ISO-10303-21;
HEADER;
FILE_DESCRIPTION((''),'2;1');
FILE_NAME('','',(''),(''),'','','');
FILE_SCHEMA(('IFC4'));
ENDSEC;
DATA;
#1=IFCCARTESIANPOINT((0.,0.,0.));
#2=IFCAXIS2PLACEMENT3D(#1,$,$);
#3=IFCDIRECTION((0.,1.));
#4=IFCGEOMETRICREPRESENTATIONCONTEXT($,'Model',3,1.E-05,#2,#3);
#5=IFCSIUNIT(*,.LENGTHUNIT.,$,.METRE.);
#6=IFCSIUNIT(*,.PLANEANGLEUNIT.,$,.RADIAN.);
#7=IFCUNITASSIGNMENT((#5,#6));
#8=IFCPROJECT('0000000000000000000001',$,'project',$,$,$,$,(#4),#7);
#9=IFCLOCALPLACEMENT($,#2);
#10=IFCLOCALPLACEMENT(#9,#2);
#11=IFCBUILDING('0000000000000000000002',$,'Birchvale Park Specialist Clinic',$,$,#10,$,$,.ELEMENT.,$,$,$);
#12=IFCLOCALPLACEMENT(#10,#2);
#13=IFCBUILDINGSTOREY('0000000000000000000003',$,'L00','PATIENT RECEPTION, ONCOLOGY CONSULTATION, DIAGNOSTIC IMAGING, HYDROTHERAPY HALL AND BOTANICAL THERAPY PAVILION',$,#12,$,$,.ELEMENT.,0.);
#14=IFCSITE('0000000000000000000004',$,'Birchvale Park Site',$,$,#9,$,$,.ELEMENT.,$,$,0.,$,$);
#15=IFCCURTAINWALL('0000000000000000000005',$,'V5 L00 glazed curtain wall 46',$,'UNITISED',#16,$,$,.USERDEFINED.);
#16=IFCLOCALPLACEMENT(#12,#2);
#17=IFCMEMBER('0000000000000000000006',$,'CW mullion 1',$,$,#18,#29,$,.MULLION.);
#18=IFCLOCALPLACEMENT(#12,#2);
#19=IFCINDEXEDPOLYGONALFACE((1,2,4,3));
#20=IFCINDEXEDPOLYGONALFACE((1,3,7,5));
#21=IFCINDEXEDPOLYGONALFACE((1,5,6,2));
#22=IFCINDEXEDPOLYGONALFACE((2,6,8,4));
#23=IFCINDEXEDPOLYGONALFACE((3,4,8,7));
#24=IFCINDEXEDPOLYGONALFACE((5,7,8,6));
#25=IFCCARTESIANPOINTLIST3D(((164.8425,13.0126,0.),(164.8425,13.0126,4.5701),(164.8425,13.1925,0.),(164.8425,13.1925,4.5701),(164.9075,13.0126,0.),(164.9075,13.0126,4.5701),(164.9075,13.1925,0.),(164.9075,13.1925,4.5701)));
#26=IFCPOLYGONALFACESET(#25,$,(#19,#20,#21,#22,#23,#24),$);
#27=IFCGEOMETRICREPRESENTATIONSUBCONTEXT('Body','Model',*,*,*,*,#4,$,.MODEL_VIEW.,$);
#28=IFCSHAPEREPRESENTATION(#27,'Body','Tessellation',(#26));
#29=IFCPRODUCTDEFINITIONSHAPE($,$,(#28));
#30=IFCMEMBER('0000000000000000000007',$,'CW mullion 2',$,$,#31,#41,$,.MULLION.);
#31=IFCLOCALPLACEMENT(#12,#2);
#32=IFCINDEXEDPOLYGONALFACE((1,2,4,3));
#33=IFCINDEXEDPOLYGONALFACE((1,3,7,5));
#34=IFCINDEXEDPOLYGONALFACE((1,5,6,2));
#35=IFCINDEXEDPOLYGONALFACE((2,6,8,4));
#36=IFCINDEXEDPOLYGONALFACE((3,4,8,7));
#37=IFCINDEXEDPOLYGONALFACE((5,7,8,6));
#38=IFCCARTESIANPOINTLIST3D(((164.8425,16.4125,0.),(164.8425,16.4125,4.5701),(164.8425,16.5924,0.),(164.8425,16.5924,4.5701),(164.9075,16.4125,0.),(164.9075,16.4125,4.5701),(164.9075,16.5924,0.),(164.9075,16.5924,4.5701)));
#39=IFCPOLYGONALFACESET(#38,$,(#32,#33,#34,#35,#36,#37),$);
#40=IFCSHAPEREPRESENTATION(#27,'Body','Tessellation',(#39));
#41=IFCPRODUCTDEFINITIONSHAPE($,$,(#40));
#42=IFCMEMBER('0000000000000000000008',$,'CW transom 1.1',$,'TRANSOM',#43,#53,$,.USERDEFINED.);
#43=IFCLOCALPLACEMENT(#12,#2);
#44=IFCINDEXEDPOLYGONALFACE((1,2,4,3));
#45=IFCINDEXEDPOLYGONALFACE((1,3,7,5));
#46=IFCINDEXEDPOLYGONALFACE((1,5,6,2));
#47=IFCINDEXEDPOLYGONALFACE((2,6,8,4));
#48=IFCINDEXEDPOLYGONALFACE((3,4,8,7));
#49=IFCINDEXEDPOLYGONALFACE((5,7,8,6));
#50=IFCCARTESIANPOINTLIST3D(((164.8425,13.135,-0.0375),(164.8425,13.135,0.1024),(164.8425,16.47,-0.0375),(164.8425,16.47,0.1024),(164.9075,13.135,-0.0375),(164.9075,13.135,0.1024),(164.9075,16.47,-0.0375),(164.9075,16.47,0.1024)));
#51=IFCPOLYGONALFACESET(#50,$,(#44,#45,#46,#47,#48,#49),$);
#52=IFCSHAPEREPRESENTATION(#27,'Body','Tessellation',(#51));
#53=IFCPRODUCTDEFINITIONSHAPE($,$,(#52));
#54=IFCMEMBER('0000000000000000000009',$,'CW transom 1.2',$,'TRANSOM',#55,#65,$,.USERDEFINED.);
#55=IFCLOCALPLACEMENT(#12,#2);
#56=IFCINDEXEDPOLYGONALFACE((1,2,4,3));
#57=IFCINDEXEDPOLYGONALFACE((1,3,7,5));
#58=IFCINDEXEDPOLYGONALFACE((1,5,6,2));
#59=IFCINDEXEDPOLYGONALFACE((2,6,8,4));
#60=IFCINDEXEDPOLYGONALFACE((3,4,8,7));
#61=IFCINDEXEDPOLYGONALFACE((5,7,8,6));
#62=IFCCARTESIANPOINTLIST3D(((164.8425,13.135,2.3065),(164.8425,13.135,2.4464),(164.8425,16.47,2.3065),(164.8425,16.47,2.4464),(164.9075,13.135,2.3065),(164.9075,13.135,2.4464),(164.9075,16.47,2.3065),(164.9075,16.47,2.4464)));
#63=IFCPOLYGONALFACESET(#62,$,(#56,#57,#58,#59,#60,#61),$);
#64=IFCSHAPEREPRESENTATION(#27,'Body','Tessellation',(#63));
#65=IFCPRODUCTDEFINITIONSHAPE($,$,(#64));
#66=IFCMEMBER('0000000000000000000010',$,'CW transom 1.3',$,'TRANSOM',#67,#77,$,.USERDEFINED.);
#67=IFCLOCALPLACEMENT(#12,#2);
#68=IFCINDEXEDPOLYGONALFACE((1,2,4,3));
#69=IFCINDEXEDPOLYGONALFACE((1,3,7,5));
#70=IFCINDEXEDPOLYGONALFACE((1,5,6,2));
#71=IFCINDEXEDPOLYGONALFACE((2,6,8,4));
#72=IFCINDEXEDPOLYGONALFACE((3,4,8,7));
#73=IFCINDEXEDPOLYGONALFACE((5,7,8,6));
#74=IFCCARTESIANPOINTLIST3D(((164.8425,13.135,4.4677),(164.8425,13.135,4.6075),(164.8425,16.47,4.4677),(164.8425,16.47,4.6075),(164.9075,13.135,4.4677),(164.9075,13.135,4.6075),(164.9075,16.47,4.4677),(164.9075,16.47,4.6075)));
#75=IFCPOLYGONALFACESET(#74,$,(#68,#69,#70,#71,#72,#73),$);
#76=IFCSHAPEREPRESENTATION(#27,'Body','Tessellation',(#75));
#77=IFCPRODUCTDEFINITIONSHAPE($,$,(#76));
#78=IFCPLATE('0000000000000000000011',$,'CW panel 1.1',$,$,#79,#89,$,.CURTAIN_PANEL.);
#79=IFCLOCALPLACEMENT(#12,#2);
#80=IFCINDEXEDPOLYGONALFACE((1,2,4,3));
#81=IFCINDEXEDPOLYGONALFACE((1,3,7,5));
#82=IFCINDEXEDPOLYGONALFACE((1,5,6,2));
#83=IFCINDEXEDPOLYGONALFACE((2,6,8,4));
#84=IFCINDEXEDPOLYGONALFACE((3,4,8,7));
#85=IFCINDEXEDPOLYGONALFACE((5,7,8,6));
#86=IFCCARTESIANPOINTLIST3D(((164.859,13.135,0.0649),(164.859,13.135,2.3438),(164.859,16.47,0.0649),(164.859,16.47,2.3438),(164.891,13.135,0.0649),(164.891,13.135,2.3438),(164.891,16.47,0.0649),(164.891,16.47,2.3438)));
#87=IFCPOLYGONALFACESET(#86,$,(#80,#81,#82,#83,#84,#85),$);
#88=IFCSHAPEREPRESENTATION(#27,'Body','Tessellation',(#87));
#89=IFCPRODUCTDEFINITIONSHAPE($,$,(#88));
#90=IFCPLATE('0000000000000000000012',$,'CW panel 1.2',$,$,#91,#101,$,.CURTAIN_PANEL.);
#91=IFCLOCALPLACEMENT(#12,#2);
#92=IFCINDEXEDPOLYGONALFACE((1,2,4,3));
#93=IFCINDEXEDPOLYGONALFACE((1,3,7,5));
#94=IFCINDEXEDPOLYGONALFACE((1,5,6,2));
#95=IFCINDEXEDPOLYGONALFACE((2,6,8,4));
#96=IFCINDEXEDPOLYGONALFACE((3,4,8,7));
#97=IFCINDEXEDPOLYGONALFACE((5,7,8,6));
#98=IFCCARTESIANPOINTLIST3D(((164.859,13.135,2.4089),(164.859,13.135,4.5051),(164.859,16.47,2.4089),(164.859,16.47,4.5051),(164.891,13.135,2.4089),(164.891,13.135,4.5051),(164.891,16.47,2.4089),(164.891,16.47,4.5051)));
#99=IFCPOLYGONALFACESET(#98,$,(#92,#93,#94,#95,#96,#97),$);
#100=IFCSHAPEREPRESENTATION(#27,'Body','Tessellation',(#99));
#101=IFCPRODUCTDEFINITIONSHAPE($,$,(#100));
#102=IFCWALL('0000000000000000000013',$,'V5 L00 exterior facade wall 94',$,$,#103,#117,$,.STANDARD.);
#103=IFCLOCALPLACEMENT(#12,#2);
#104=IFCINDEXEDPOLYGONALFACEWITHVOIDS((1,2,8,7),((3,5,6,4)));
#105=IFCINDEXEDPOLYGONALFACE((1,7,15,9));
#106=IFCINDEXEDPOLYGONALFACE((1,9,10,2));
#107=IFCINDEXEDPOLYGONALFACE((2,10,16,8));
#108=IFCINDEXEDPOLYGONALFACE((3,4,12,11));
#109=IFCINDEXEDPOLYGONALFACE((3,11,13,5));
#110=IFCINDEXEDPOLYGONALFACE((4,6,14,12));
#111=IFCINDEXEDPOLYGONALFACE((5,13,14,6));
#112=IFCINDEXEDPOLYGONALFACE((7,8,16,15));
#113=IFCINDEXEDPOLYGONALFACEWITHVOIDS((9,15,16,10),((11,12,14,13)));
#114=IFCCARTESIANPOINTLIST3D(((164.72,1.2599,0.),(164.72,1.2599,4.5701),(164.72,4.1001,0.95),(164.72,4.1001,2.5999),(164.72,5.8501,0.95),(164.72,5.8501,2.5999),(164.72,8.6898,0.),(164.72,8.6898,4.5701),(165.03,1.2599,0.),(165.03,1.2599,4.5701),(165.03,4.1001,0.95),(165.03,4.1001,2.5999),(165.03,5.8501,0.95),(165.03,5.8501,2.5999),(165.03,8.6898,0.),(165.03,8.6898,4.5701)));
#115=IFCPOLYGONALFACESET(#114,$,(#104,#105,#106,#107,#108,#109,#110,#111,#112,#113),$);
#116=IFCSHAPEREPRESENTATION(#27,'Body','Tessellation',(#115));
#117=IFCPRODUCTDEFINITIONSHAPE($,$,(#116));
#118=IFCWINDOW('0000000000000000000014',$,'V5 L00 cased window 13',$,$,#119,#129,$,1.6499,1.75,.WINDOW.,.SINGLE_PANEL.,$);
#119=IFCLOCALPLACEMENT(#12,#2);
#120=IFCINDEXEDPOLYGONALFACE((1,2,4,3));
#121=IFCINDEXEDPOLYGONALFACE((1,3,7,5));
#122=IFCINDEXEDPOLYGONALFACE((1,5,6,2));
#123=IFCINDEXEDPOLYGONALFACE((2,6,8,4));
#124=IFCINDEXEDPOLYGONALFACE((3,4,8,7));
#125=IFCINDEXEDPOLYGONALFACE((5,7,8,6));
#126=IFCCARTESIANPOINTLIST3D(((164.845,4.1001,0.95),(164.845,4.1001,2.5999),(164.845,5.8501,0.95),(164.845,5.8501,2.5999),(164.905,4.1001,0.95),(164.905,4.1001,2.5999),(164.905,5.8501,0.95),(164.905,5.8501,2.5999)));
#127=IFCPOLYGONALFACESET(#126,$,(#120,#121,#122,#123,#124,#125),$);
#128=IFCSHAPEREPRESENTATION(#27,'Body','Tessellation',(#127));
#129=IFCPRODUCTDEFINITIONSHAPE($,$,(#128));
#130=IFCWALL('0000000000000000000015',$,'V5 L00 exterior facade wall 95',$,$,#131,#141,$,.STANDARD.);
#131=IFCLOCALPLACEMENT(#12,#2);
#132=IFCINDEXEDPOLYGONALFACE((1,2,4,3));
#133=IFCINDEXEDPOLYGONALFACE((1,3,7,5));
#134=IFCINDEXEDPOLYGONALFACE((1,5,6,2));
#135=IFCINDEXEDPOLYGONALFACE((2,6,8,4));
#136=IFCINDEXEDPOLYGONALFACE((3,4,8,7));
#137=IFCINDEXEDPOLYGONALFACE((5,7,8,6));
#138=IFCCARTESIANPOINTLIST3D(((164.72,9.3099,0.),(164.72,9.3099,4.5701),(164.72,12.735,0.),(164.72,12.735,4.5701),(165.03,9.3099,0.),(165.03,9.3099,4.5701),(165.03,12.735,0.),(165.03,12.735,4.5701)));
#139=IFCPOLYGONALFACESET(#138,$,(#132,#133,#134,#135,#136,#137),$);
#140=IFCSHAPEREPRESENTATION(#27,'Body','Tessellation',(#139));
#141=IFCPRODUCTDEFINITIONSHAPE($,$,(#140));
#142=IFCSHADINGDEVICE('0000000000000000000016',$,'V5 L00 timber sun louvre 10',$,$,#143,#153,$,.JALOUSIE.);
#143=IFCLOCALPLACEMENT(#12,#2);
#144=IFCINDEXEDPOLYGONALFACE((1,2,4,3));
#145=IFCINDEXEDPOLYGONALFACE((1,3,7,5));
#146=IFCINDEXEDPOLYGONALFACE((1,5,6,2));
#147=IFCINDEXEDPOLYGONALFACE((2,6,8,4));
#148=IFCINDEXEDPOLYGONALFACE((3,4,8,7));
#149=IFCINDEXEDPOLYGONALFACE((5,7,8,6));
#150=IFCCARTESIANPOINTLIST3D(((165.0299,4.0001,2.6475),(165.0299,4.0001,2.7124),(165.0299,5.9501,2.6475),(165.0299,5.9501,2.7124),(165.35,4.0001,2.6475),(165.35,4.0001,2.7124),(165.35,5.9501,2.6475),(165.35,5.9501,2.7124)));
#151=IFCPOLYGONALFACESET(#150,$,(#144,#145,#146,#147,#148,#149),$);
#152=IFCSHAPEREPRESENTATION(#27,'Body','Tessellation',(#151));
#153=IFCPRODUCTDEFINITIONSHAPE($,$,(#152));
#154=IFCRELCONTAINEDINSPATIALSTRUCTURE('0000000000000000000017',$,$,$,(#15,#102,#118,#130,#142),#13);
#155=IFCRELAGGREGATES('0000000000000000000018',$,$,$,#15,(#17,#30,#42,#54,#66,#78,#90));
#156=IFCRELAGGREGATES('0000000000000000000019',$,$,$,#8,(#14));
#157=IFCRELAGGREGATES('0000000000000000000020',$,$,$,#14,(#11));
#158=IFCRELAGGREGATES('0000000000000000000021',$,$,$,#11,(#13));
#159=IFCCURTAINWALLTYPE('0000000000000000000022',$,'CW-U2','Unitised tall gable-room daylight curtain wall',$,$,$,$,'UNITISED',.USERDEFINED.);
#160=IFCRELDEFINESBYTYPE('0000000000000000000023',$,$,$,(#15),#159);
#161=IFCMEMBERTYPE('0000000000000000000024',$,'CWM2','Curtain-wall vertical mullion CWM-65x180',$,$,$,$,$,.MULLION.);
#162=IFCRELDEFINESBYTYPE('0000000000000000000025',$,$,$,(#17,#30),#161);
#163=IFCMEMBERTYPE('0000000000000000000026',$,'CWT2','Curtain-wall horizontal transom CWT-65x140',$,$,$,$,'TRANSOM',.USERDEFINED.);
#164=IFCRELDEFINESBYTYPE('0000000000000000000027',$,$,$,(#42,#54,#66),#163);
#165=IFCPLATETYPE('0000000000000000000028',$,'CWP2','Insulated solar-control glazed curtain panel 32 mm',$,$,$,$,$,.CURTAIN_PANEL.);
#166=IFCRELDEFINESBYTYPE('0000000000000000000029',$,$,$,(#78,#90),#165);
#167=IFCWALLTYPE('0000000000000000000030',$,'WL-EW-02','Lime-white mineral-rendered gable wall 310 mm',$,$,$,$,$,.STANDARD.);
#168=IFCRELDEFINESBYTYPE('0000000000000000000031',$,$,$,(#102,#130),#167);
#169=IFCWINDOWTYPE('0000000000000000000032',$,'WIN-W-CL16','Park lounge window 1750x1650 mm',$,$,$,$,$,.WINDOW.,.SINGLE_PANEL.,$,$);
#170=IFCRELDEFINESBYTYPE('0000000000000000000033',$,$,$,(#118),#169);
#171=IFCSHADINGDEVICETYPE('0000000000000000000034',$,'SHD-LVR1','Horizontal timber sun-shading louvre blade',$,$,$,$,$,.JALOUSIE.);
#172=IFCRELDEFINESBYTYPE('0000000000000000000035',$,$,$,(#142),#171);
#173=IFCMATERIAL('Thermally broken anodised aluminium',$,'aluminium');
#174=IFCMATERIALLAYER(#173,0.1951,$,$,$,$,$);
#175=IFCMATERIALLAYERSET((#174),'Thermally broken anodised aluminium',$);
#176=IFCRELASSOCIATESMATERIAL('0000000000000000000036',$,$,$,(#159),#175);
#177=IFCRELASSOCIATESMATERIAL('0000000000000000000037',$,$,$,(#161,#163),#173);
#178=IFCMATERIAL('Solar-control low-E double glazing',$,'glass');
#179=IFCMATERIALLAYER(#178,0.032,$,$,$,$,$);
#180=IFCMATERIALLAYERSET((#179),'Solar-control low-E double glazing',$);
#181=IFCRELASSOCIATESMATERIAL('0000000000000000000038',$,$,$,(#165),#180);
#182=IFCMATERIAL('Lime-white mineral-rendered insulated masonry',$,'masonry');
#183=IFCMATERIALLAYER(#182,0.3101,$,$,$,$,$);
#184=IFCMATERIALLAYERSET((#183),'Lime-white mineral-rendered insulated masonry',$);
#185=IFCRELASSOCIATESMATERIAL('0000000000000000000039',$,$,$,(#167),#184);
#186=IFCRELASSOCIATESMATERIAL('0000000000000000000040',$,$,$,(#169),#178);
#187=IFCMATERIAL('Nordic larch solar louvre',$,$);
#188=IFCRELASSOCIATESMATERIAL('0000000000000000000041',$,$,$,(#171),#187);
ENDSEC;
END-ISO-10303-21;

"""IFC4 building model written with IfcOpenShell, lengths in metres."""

from ifc_helpers import new_model, si_unit, direction, frame, frame_2d, origin, origin_2d, place, context, subcontext, project, spatial, rectangle, extrude, material, layer, layer_set, material_profile, profile_set, type_object, element, fill, aggregate, save


model = new_model("IFC4")

# Units and contexts
model_context = context("Model", 3, precision=1e-05, world=origin(), true_north=direction((0.0, 1.0)))
body_context = subcontext(model_context, "Body", "Model", "MODEL_VIEW")
ifc_project = project(units=[si_unit("LENGTHUNIT", "METRE"), si_unit("PLANEANGLEUNIT", "RADIAN")], contexts=[model_context])

# Site, building, storey
site_placement = place(None, origin())
site = spatial("IfcSite", under=ifc_project, at=site_placement, Name="Birchvale Park Site", CompositionType="ELEMENT", RefElevation=0.0)
building_placement = place(site_placement, origin())
building = spatial("IfcBuilding", under=site, at=building_placement, Name="Birchvale Park Specialist Clinic", CompositionType="ELEMENT")
storey_placement = place(building_placement, origin())
storey = spatial("IfcBuildingStorey", under=building, at=storey_placement, Name="L00", Description="PATIENT RECEPTION, ONCOLOGY CONSULTATION, DIAGNOSTIC IMAGING, HYDROTHERAPY HALL AND BOTANICAL THERAPY PAVILION", CompositionType="ELEMENT", Elevation=0.0)

# Curtain wall, members, plates
ifc_material_1 = material(Name="Thermally broken anodised aluminium", Category="aluminium")
ifc_layer_1 = layer(ifc_material_1, 0.1951)
ifc_layer_set_1 = layer_set([ifc_layer_1], Name="Thermally broken anodised aluminium")
curtain_wall_type = type_object("IfcCurtainWallType", Name="CW-U2", Description="Unitised tall gable-room daylight curtain wall", ElementType="UNITISED", PredefinedType="USERDEFINED", material=ifc_layer_set_1)
curtain_wall_placement = place(storey_placement, origin())
curtain_wall = element("IfcCurtainWall", 1, at=curtain_wall_placement, inside=storey, type_object=curtain_wall_type, Name="V5 L00 glazed curtain wall 46", ObjectType="UNITISED", PredefinedType="USERDEFINED")
ifc_material_profile_1 = material_profile(ifc_material_1, rectangle(XDim=0.0649, YDim=0.1799, at=origin_2d()), Name="CWM-65x180")
ifc_profile_set_1 = profile_set([ifc_material_profile_1], Name="Thermally broken anodised aluminium")
member_type_1 = type_object("IfcMemberType", Name="CWM2", Description="Curtain-wall vertical mullion CWM-65x180", PredefinedType="MULLION", material=ifc_profile_set_1)
member_1_placement = place(storey_placement, frame((164.875, 13.1025, 0.0), z_axis=(0.0, 0.0, 1.0), x_axis=(-1.0, 0.0, 0.0)))
member_1 = element("IfcMember", 2, at=member_1_placement, type_object=member_type_1, Name="CW mullion 1", PredefinedType="MULLION", context=body_context, shape_type="SweptSolid", body=[
    extrude(rectangle(XDim=0.0649, YDim=0.1799, at=origin_2d()), origin(), (0.0, 0.0, 1.0), 4.5701),
])
member_2_placement = place(storey_placement, frame((164.875, 16.5024, 0.0), z_axis=(0.0, 0.0, 1.0), x_axis=(-1.0, 0.0, 0.0)))
member_2 = element("IfcMember", 3, at=member_2_placement, type_object=member_type_1, Name="CW mullion 2", PredefinedType="MULLION", context=body_context, shape_type="SweptSolid", body=[
    extrude(rectangle(XDim=0.0649, YDim=0.1799, at=origin_2d()), origin(), (0.0, 0.0, 1.0), 4.5701),
])
ifc_material_profile_2 = material_profile(ifc_material_1, rectangle(XDim=0.0649, YDim=0.1399, at=origin_2d()), Name="CWT-65x140")
ifc_profile_set_2 = profile_set([ifc_material_profile_2], Name="Thermally broken anodised aluminium")
member_type_2 = type_object("IfcMemberType", Name="CWT2", Description="Curtain-wall horizontal transom CWT-65x140", ElementType="TRANSOM", PredefinedType="USERDEFINED", material=ifc_profile_set_2)
member_3_placement = place(storey_placement, frame((164.875, 13.135, 0.0325), z_axis=(0.0, 1.0, 0.0), x_axis=(-1.0, 0.0, 0.0)))
member_3 = element("IfcMember", 4, at=member_3_placement, type_object=member_type_2, Name="CW transom 1.1", ObjectType="TRANSOM", PredefinedType="USERDEFINED", context=body_context, shape_type="SweptSolid", body=[
    extrude(rectangle(XDim=0.0649, YDim=0.1399, at=origin_2d()), origin(), (0.0, 0.0, 1.0), 3.335),
])
member_4_placement = place(storey_placement, frame((164.875, 13.135, 2.3765), z_axis=(0.0, 1.0, 0.0), x_axis=(-1.0, 0.0, 0.0)))
member_4 = element("IfcMember", 5, at=member_4_placement, type_object=member_type_2, Name="CW transom 1.2", ObjectType="TRANSOM", PredefinedType="USERDEFINED", context=body_context, shape_type="SweptSolid", body=[
    extrude(rectangle(XDim=0.0649, YDim=0.1399, at=origin_2d()), origin(), (0.0, 0.0, 1.0), 3.335),
])
member_5_placement = place(storey_placement, frame((164.875, 13.135, 4.5376), z_axis=(0.0, 1.0, 0.0), x_axis=(-1.0, 0.0, 0.0)))
member_5 = element("IfcMember", 6, at=member_5_placement, type_object=member_type_2, Name="CW transom 1.3", ObjectType="TRANSOM", PredefinedType="USERDEFINED", context=body_context, shape_type="SweptSolid", body=[
    extrude(rectangle(XDim=0.0649, YDim=0.1399, at=origin_2d()), origin(), (0.0, 0.0, 1.0), 3.335),
])
ifc_material_2 = material(Name="Solar-control low-E double glazing", Category="glass")
ifc_layer_2 = layer(ifc_material_2, 0.032)
ifc_layer_set_2 = layer_set([ifc_layer_2], Name="Solar-control low-E double glazing")
plate_type = type_object("IfcPlateType", Name="CWP2", Description="Insulated solar-control glazed curtain panel 32 mm", PredefinedType="CURTAIN_PANEL", material=ifc_layer_set_2)
plate_1_placement = place(storey_placement, frame((164.875, 14.8025, 0.0649), z_axis=(0.0, 0.0, 1.0), x_axis=(0.0, 1.0, 0.0)))
plate_1 = element("IfcPlate", 7, at=plate_1_placement, type_object=plate_type, Name="CW panel 1.1", PredefinedType="CURTAIN_PANEL", context=body_context, shape_type="SweptSolid", body=[
    extrude(rectangle(XDim=3.335, YDim=0.032, at=origin_2d()), origin(), (0.0, 0.0, 1.0), 2.2788),
])
plate_2_placement = place(storey_placement, frame((164.875, 14.8025, 2.4089), z_axis=(0.0, 0.0, 1.0), x_axis=(0.0, 1.0, 0.0)))
plate_2 = element("IfcPlate", 8, at=plate_2_placement, type_object=plate_type, Name="CW panel 1.2", PredefinedType="CURTAIN_PANEL", context=body_context, shape_type="SweptSolid", body=[
    extrude(rectangle(XDim=3.335, YDim=0.032, at=origin_2d()), origin(), (0.0, 0.0, 1.0), 2.0962),
])
aggregate(curtain_wall, [member_1, member_2, member_3, member_4, member_5, plate_1, plate_2])

# Wall, opening, window
ifc_material_3 = material(Name="Lime-white mineral-rendered insulated masonry", Category="masonry")
ifc_layer_3 = layer(ifc_material_3, 0.3101)
ifc_layer_set_3 = layer_set([ifc_layer_3], Name="Lime-white mineral-rendered insulated masonry")
wall_type = type_object("IfcWallType", Name="WL-EW-02", Description="Lime-white mineral-rendered gable wall 310 mm", PredefinedType="STANDARD", material=ifc_layer_set_3)
wall_1_placement = place(storey_placement, frame((164.875, 1.26, 0.0), z_axis=(0.0, 0.0, 1.0), x_axis=(0.0, 1.0, 0.0)))
wall_1 = element("IfcWall", 9, at=wall_1_placement, inside=storey, type_object=wall_type, Name="V5 L00 exterior facade wall 94", PredefinedType="STANDARD", context=body_context, shape_type="SweptSolid", body=[
    extrude(rectangle(XDim=7.4299, YDim=0.3101, at=frame_2d((3.7148, 0.0))), origin(), (0.0, 0.0, 1.0), 4.5701),
])
opening_placement = place(wall_1_placement, frame((2.8401, 0.0, 0.95)))
opening = element("IfcOpeningElement", 10, at=opening_placement, cuts=wall_1, PredefinedType="OPENING", context=body_context, shape_type="SweptSolid", body=[
    extrude(rectangle(XDim=1.75, YDim=1.6499, at=frame_2d((0.875, 0.825))), frame((0.0, 0.165, 0.0), z_axis=(0.0, -1.0, 0.0), x_axis=(1.0, 0.0, 0.0)), (0.0, 0.0, 1.0), 0.3301),
])
window_type = type_object("IfcWindowType", Name="WIN-W-CL16", Description="Park lounge window 1750x1650 mm", PartitioningType="SINGLE_PANEL", PredefinedType="WINDOW", material=ifc_material_2)
window_placement = place(opening_placement, origin())
window = element("IfcWindow", 11, at=window_placement, inside=storey, type_object=window_type, Name="V5 L00 cased window 13", OverallHeight=1.6499, OverallWidth=1.75, PartitioningType="SINGLE_PANEL", PredefinedType="WINDOW", context=body_context, shape_type="SweptSolid", body=[
    extrude(rectangle(XDim=1.75, YDim=1.6499, at=frame_2d((0.875, 0.825))), frame((0.0, 0.03, 0.0), z_axis=(0.0, -1.0, 0.0), x_axis=(1.0, 0.0, 0.0)), (0.0, 0.0, 1.0), 0.0601),
])
fill(opening, window)

# Wall
wall_2_placement = place(storey_placement, frame((164.875, 9.3101, 0.0), z_axis=(0.0, 0.0, 1.0), x_axis=(0.0, 1.0, 0.0)))
element("IfcWall", 12, at=wall_2_placement, inside=storey, type_object=wall_type, Name="V5 L00 exterior facade wall 95", PredefinedType="STANDARD", context=body_context, shape_type="SweptSolid", body=[
    extrude(rectangle(XDim=3.425, YDim=0.3101, at=frame_2d((1.7124, 0.0))), origin(), (0.0, 0.0, 1.0), 4.5701),
])

# Shading device
ifc_material_4 = material(Name="Nordic larch solar louvre")
shading_device_type = type_object("IfcShadingDeviceType", Name="SHD-LVR1", Description="Horizontal timber sun-shading louvre blade", PredefinedType="JALOUSIE", material=ifc_material_4)
shading_device_placement = place(storey_placement, frame((165.1899, 4.9751, 2.6475), z_axis=(0.0, 0.0, 1.0), x_axis=(0.0, 1.0, 0.0)))
element("IfcShadingDevice", 13, at=shading_device_placement, inside=storey, type_object=shading_device_type, Name="V5 L00 timber sun louvre 10", PredefinedType="JALOUSIE", context=body_context, shape_type="SweptSolid", body=[
    extrude(rectangle(XDim=1.95, YDim=0.3201, at=origin_2d()), origin(), (0.0, 0.0, 1.0), 0.0649),
])

save(model, "model.ifc")
